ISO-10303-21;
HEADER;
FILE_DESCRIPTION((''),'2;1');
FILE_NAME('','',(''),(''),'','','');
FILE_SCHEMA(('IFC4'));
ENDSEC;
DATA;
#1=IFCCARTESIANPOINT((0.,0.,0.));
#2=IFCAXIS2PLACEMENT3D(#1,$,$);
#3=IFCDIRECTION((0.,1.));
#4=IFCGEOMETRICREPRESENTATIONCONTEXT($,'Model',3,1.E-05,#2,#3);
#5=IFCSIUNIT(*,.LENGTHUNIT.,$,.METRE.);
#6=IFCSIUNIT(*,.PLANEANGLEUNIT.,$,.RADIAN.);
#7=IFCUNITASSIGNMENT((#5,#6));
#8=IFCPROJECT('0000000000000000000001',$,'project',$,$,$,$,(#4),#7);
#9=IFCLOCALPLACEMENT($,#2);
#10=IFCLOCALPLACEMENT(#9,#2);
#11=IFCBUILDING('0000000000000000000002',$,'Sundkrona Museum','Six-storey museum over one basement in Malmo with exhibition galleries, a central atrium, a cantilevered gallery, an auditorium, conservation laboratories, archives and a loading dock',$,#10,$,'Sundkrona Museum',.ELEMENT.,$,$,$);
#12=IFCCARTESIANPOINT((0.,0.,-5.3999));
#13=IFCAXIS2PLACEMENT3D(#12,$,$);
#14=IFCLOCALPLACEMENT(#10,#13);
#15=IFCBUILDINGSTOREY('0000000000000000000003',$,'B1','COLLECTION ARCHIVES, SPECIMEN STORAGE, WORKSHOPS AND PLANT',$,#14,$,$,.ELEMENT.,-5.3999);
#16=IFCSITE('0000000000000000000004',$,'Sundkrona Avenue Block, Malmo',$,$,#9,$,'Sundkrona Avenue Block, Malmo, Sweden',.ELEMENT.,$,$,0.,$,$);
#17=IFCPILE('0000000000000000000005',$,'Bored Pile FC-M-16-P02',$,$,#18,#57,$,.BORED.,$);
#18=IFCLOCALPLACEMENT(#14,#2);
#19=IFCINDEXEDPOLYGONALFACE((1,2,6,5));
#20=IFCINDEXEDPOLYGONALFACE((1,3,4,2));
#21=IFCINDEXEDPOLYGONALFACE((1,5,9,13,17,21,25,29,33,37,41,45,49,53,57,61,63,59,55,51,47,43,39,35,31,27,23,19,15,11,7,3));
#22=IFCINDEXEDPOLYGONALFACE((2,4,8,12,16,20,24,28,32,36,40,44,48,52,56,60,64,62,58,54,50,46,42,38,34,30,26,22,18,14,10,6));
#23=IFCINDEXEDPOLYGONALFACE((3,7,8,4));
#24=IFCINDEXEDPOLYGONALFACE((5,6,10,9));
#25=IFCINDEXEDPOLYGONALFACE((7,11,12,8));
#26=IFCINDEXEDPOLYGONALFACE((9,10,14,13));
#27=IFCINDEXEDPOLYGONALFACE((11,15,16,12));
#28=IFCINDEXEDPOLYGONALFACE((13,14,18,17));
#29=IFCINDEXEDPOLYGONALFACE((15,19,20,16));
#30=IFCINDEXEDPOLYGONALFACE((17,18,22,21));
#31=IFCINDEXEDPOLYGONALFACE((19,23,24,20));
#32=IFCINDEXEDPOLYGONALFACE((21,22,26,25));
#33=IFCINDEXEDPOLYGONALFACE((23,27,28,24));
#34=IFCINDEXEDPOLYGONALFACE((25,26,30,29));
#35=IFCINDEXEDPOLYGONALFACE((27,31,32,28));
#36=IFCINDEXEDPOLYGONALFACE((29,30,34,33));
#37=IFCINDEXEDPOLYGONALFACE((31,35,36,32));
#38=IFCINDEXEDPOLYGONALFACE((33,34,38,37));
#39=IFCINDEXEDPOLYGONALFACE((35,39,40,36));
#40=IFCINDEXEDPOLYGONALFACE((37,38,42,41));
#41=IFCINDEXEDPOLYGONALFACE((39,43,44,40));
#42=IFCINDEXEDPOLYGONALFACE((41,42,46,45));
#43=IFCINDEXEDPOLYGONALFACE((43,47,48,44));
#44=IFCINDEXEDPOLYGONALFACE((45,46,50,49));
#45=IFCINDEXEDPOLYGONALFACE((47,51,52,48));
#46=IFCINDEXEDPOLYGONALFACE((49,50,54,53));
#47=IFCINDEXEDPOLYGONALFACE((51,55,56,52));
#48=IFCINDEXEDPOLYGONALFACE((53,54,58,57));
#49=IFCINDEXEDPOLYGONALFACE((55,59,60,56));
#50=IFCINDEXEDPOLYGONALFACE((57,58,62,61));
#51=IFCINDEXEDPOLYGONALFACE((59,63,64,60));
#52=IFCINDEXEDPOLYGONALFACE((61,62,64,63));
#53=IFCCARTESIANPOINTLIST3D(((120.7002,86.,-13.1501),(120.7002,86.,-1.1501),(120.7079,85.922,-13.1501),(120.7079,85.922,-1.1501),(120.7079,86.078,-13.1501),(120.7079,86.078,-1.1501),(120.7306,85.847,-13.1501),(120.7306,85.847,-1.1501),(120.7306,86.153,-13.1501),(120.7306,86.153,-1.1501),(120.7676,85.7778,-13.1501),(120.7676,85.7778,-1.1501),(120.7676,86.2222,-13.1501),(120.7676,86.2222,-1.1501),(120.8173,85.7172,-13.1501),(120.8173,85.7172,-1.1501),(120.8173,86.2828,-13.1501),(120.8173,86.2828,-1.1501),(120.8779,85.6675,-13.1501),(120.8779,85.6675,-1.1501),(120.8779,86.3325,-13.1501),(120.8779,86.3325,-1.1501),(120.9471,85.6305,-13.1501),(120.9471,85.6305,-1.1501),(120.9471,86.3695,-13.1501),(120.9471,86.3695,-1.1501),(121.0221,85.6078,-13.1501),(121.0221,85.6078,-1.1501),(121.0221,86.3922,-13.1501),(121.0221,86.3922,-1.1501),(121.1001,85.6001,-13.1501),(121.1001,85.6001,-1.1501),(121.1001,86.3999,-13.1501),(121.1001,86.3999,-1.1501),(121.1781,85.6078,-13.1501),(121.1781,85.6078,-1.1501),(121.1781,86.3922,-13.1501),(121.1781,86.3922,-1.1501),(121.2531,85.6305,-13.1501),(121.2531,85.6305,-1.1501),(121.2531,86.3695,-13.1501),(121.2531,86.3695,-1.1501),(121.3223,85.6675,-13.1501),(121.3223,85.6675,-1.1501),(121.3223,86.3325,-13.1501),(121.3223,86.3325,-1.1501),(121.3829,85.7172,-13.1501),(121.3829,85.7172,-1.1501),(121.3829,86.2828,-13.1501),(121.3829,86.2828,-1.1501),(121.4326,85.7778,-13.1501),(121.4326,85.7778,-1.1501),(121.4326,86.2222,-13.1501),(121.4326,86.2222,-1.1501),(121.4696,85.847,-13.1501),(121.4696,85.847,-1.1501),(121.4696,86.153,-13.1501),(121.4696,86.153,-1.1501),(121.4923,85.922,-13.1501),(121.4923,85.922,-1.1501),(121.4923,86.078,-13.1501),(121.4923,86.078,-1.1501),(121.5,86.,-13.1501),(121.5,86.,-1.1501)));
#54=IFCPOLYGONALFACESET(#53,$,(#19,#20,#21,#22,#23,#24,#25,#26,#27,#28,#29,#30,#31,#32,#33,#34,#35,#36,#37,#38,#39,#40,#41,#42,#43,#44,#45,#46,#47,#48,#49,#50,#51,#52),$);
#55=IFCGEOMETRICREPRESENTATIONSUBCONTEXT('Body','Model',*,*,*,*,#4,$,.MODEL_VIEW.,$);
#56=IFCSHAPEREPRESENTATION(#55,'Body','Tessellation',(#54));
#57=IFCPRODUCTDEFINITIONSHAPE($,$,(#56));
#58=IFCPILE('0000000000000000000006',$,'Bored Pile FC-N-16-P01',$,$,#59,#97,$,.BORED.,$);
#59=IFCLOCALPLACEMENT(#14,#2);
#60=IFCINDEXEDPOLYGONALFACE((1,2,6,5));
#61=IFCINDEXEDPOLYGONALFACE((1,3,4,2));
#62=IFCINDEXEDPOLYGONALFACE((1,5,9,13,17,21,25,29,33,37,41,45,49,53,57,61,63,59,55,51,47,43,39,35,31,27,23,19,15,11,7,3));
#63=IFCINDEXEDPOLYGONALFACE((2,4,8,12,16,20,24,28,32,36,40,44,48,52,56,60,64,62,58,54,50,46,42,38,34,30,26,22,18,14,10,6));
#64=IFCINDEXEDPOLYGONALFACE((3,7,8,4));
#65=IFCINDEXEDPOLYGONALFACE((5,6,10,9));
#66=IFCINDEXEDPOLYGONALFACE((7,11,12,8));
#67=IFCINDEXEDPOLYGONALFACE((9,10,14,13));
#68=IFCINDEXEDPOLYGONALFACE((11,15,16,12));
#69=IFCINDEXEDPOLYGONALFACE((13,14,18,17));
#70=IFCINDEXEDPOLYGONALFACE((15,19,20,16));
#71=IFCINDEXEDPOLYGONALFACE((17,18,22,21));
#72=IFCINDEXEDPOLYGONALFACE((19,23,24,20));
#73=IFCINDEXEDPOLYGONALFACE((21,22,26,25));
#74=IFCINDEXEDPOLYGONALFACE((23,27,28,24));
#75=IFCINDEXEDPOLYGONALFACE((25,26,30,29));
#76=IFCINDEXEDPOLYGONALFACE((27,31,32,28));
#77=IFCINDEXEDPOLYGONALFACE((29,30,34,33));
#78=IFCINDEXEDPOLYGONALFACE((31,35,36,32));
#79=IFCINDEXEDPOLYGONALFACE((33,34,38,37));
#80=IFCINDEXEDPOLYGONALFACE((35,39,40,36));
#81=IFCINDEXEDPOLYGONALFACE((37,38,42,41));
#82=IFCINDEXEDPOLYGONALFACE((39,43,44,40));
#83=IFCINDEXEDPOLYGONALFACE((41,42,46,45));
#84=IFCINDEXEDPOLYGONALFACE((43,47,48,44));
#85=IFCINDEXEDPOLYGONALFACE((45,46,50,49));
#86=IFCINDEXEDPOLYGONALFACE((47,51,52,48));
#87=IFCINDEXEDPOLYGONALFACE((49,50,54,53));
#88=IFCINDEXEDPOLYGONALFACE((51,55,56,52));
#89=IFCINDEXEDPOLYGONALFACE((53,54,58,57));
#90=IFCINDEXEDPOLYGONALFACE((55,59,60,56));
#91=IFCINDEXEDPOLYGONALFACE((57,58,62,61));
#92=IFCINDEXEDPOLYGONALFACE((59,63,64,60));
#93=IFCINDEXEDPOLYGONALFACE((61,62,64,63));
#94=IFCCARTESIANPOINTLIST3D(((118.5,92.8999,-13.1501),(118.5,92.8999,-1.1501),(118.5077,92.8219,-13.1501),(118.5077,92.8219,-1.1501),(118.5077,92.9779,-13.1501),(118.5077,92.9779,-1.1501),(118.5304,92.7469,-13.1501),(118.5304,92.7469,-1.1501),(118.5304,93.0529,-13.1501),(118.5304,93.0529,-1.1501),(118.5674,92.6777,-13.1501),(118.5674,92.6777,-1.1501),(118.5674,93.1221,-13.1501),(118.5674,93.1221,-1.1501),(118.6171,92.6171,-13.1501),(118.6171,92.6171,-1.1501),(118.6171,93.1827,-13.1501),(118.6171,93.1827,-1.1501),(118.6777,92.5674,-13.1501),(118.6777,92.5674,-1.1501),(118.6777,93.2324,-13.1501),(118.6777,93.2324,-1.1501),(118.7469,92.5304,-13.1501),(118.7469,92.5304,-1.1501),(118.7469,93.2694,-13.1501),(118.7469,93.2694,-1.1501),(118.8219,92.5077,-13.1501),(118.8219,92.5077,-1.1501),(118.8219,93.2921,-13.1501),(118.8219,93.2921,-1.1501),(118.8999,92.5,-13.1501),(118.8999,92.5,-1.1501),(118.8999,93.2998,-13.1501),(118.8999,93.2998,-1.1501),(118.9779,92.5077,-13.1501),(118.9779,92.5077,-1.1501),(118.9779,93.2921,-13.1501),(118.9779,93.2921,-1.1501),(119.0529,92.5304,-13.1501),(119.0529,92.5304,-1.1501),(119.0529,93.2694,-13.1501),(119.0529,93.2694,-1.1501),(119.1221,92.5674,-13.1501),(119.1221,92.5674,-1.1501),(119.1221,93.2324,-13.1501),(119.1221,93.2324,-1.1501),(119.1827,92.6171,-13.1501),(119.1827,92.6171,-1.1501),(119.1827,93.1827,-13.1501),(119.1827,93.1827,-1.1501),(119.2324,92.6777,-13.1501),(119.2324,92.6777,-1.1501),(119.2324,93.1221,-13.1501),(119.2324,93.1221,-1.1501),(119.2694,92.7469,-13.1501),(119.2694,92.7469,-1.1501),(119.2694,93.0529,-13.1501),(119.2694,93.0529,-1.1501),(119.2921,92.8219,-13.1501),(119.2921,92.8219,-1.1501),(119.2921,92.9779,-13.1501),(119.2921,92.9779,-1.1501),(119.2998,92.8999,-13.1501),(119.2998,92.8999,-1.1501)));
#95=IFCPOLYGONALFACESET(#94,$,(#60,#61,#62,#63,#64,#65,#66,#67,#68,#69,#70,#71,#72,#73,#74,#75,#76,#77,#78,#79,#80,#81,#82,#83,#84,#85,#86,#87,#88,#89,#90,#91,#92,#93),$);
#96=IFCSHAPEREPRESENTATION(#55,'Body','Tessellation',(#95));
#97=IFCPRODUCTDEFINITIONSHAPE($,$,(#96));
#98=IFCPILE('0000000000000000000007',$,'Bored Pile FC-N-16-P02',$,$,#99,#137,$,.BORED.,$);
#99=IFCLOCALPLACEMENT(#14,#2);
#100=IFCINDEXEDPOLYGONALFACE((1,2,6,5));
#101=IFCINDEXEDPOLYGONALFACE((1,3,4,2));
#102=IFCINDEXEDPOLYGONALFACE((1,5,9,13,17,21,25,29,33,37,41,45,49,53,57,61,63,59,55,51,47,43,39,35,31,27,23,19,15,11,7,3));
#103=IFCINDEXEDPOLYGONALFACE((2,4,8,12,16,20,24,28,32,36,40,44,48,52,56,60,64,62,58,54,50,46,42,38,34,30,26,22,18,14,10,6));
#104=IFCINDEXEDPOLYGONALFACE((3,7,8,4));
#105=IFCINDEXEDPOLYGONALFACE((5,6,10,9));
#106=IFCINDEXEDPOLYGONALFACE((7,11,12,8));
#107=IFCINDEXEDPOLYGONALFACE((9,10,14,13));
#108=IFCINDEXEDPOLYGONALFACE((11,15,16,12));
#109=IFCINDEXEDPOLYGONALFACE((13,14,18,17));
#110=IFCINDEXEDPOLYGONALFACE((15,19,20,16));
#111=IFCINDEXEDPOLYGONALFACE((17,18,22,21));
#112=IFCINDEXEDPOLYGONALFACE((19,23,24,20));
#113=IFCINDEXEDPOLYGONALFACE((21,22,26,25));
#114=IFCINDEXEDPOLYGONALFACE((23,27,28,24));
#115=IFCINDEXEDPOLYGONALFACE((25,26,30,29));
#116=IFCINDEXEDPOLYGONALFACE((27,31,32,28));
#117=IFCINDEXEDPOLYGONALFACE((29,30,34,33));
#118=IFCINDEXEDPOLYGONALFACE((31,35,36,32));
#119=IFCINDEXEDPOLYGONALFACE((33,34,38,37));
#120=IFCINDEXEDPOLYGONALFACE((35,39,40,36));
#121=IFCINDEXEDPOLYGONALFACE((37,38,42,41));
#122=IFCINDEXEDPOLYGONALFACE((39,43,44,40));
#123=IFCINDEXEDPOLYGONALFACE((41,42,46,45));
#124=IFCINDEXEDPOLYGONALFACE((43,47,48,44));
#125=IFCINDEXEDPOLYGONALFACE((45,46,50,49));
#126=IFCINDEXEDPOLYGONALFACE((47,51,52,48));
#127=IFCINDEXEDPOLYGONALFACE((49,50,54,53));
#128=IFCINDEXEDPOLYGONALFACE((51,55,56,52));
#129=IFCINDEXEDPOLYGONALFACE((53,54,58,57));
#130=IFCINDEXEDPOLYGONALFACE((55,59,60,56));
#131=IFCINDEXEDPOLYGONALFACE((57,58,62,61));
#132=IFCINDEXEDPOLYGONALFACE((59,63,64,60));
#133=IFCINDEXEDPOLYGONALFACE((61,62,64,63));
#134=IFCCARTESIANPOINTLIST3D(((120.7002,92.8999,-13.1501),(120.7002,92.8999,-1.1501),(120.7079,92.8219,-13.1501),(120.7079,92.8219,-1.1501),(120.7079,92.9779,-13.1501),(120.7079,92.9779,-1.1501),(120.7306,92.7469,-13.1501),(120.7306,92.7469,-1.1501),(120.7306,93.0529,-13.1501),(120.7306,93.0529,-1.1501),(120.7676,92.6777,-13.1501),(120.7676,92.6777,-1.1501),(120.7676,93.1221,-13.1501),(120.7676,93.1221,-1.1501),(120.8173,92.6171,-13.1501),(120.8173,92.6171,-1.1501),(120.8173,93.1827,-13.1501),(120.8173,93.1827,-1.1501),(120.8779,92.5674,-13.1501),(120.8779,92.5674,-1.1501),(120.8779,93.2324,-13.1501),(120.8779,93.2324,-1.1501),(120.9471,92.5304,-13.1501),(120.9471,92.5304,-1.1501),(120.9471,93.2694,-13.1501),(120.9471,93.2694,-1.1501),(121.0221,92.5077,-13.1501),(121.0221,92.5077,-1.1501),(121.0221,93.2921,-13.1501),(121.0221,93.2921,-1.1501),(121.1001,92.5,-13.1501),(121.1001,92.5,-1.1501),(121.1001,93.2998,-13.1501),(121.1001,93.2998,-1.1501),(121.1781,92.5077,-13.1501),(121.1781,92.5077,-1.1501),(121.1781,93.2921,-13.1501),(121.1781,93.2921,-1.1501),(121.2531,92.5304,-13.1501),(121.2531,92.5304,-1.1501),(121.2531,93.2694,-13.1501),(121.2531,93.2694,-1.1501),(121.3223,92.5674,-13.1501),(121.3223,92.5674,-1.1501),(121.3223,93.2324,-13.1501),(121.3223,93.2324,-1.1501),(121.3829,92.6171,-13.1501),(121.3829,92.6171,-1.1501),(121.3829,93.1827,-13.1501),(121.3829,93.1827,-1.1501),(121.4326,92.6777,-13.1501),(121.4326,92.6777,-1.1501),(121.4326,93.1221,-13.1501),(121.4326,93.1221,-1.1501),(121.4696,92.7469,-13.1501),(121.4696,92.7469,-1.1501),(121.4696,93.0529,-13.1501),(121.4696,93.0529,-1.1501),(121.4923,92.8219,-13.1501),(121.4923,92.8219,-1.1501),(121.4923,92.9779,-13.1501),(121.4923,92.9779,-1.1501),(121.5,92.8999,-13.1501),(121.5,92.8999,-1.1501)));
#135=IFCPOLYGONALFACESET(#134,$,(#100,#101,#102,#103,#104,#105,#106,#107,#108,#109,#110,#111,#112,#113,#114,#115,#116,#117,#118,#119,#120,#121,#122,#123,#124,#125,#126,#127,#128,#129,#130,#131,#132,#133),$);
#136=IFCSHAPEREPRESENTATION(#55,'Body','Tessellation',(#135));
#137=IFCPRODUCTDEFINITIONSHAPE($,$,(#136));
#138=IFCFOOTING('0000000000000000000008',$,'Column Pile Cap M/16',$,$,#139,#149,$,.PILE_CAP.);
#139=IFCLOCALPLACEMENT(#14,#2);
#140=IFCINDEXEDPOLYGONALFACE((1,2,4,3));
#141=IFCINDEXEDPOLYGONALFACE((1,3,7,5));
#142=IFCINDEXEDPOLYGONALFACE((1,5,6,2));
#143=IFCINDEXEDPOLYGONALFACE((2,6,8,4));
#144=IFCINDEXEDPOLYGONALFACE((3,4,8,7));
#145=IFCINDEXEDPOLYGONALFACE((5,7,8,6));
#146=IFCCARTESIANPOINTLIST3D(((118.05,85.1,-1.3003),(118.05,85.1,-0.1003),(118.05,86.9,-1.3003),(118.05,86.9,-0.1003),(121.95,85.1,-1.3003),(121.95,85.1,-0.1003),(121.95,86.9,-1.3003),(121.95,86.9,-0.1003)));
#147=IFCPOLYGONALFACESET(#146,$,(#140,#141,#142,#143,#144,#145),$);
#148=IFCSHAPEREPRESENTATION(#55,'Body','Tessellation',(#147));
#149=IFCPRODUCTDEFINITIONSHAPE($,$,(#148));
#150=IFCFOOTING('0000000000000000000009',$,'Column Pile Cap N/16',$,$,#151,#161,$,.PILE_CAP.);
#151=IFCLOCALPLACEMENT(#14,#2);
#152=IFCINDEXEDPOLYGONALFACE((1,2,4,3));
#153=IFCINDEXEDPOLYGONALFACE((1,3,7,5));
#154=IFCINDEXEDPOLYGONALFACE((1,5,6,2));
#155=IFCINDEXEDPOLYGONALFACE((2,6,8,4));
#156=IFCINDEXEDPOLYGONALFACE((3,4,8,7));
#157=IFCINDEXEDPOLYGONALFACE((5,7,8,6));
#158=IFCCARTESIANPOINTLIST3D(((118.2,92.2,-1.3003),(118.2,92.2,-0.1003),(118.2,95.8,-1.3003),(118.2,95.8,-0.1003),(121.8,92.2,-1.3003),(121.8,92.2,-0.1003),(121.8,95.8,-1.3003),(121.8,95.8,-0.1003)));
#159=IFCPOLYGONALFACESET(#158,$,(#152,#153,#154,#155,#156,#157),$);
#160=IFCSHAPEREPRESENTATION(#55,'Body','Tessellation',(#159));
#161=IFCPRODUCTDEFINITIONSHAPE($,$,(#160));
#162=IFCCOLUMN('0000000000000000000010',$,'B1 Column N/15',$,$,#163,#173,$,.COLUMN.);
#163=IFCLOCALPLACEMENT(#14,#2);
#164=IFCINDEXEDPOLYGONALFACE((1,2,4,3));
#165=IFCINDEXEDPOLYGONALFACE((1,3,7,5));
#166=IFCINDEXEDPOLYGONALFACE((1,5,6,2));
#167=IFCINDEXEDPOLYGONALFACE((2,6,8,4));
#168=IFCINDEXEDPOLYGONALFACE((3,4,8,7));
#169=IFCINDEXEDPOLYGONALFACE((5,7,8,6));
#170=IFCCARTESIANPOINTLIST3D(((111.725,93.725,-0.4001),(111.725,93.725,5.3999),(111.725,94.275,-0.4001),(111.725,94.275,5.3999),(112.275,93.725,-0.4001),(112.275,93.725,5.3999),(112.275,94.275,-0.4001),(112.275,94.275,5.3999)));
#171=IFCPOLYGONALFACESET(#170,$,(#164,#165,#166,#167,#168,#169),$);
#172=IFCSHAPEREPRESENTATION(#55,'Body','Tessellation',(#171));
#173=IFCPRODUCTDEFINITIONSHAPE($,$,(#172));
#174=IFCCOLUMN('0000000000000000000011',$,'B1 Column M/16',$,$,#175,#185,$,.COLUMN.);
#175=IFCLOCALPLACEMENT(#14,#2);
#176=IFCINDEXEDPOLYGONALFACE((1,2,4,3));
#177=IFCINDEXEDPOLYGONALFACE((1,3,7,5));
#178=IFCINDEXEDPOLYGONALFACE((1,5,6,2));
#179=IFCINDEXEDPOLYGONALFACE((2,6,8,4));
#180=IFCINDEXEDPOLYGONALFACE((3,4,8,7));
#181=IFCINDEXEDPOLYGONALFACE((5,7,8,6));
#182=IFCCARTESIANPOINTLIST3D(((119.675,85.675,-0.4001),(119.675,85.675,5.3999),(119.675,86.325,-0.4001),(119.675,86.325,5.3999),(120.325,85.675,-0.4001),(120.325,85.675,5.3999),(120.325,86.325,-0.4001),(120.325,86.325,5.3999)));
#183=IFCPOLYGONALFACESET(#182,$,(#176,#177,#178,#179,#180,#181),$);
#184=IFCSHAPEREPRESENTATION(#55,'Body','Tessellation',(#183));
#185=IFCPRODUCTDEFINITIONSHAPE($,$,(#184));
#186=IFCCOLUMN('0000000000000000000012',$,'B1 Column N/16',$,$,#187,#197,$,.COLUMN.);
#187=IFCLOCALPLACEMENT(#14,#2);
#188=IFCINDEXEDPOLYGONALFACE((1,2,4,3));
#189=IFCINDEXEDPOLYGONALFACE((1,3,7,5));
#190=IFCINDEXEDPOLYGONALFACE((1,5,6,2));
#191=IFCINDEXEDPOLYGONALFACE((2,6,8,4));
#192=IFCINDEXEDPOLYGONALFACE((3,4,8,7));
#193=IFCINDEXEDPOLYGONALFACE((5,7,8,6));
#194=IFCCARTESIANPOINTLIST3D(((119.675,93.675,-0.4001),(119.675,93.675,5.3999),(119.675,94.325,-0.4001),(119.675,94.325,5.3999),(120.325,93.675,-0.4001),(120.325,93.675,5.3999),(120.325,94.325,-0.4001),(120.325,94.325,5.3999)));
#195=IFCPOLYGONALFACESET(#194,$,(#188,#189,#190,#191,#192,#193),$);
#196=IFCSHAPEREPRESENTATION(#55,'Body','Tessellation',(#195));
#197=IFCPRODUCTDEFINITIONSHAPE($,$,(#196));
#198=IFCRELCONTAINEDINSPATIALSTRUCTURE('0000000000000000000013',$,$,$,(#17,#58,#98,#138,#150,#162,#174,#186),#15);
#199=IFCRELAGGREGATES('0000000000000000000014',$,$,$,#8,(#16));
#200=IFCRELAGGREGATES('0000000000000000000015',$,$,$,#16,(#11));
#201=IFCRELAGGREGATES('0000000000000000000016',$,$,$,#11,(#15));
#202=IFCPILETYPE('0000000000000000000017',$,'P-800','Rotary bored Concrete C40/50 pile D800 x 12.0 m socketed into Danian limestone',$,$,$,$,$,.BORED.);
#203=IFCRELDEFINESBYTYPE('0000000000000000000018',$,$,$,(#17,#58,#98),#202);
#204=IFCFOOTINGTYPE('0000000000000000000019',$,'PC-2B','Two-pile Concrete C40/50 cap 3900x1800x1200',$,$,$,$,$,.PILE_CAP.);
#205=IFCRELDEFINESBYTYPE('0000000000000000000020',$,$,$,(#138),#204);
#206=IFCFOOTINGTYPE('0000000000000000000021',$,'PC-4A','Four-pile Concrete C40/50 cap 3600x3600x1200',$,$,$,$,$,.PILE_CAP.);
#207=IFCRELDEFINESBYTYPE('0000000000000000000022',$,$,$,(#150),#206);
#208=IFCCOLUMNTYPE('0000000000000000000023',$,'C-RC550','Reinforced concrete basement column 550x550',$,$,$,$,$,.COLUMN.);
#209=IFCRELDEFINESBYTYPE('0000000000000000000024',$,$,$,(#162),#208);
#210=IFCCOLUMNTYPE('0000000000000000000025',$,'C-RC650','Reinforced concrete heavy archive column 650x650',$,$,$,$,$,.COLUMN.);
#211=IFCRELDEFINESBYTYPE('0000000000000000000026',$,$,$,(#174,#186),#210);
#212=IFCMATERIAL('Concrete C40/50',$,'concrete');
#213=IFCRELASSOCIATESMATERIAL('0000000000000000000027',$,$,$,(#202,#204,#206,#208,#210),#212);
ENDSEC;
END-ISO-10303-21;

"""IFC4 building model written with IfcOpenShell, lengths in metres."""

from ifc_helpers import new_model, si_unit, direction, frame, origin, origin_2d, place, context, subcontext, project, spatial, rectangle, circle, extrude, material, material_profile, profile_set, type_object, element, save


model = new_model("IFC4")

# Units and contexts
model_context = context("Model", 3, precision=1e-05, world=origin(), true_north=direction((0.0, 1.0)))
body_context = subcontext(model_context, "Body", "Model", "MODEL_VIEW")
ifc_project = project(units=[si_unit("LENGTHUNIT", "METRE"), si_unit("PLANEANGLEUNIT", "RADIAN")], contexts=[model_context])

# Site, building, storey
site_placement = place(None, origin())
site = spatial("IfcSite", under=ifc_project, at=site_placement, Name="Sundkrona Avenue Block, Malmo", LongName="Sundkrona Avenue Block, Malmo, Sweden", CompositionType="ELEMENT", RefElevation=0.0)
building_placement = place(site_placement, origin())
building = spatial("IfcBuilding", under=site, at=building_placement, Name="Sundkrona Museum", Description="Six-storey museum over one basement in Malmo with exhibition galleries, a central atrium, a cantilevered gallery, an auditorium, conservation laboratories, archives and a loading dock", LongName="Sundkrona Museum", CompositionType="ELEMENT")
storey_placement = place(building_placement, frame((0.0, 0.0, -5.3999)))
storey = spatial("IfcBuildingStorey", under=building, at=storey_placement, Name="B1", Description="COLLECTION ARCHIVES, SPECIMEN STORAGE, WORKSHOPS AND PLANT", CompositionType="ELEMENT", Elevation=-5.3999)

# Shared definitions
ifc_material_1 = material(Name="Concrete C40/50", Category="concrete")

# Piles
ifc_material_profile_1 = material_profile(ifc_material_1, circle(Radius=0.3999, at=origin_2d()), Name="PILE D800")
ifc_profile_set_1 = profile_set([ifc_material_profile_1], Name="Concrete C40/50")
pile_type = type_object("IfcPileType", Name="P-800", Description="Rotary bored Concrete C40/50 pile D800 x 12.0 m socketed into Danian limestone", PredefinedType="BORED", material=ifc_profile_set_1)
for number, where, z_axis, x_axis, name in (
    (1, (121.1001, 86.0, -1.1501), (0.0, 0.0, -1.0), (1.0, 0.0, 0.0), "Bored Pile FC-M-16-P02"),
    (2, (118.8999, 92.8999, -1.1501), (0.0, 0.0, -1.0), (1.0, 0.0, 0.0), "Bored Pile FC-N-16-P01"),
    (3, (121.1001, 92.8999, -1.1501), (0.0, 0.0, -1.0), (1.0, 0.0, 0.0), "Bored Pile FC-N-16-P02"),
):
    element("IfcPile", number, at=place(storey_placement, frame(where, z_axis=z_axis, x_axis=x_axis)), inside=storey, type_object=pile_type, Name=name, PredefinedType="BORED", context=body_context, shape_type="SweptSolid", body=[
        extrude(circle(Radius=0.3999, at=origin_2d()), origin(), (0.0, 0.0, 1.0), 12.0),
    ])

# Footings
footing_type_1 = type_object("IfcFootingType", Name="PC-2B", Description="Two-pile Concrete C40/50 cap 3900x1800x1200", PredefinedType="PILE_CAP", material=ifc_material_1)
footing_1_placement = place(storey_placement, frame((120.0, 86.0, -1.3003), z_axis=(0.0, 0.0, 1.0), x_axis=(1.0, 0.0, 0.0)))
element("IfcFooting", 4, at=footing_1_placement, inside=storey, type_object=footing_type_1, Name="Column Pile Cap M/16", PredefinedType="PILE_CAP", context=body_context, shape_type="SweptSolid", body=[
    extrude(rectangle(XDim=3.8999, YDim=1.8, at=origin_2d()), origin(), (0.0, 0.0, 1.0), 1.2),
])
footing_type_2 = type_object("IfcFootingType", Name="PC-4A", Description="Four-pile Concrete C40/50 cap 3600x3600x1200", PredefinedType="PILE_CAP", material=ifc_material_1)
footing_2_placement = place(storey_placement, frame((120.0, 94.0, -1.3003), z_axis=(0.0, 0.0, 1.0), x_axis=(1.0, 0.0, 0.0)))
element("IfcFooting", 5, at=footing_2_placement, inside=storey, type_object=footing_type_2, Name="Column Pile Cap N/16", PredefinedType="PILE_CAP", context=body_context, shape_type="SweptSolid", body=[
    extrude(rectangle(XDim=3.6001, YDim=3.6001, at=origin_2d()), origin(), (0.0, 0.0, 1.0), 1.2),
])

# Columns
ifc_material_profile_2 = material_profile(ifc_material_1, rectangle(XDim=0.55, YDim=0.55, at=origin_2d()), Name="RC 550x550")
ifc_profile_set_2 = profile_set([ifc_material_profile_2], Name="Concrete C40/50")
column_type_1 = type_object("IfcColumnType", Name="C-RC550", Description="Reinforced concrete basement column 550x550", PredefinedType="COLUMN", material=ifc_profile_set_2)
column_placement = place(storey_placement, frame((112.0, 94.0, -0.4001), z_axis=(0.0, 0.0, 1.0), x_axis=(1.0, 0.0, 0.0)))
element("IfcColumn", 6, at=column_placement, inside=storey, type_object=column_type_1, Name="B1 Column N/15", PredefinedType="COLUMN", context=body_context, shape_type="SweptSolid", body=[
    extrude(rectangle(XDim=0.55, YDim=0.55, at=origin_2d()), origin(), (0.0, 0.0, 1.0), 5.8),
])
ifc_material_profile_3 = material_profile(ifc_material_1, rectangle(XDim=0.6499, YDim=0.6499, at=origin_2d()), Name="RC 650x650")
ifc_profile_set_3 = profile_set([ifc_material_profile_3], Name="Concrete C40/50")
column_type_2 = type_object("IfcColumnType", Name="C-RC650", Description="Reinforced concrete heavy archive column 650x650", PredefinedType="COLUMN", material=ifc_profile_set_3)
for number, where, z_axis, x_axis, name in (
    (7, (120.0, 86.0, -0.4001), (0.0, 0.0, 1.0), (1.0, 0.0, 0.0), "B1 Column M/16"),
    (8, (120.0, 94.0, -0.4001), (0.0, 0.0, 1.0), (1.0, 0.0, 0.0), "B1 Column N/16"),
):
    element("IfcColumn", number, at=place(storey_placement, frame(where, z_axis=z_axis, x_axis=x_axis)), inside=storey, type_object=column_type_2, Name=name, PredefinedType="COLUMN", context=body_context, shape_type="SweptSolid", body=[
        extrude(rectangle(XDim=0.6499, YDim=0.6499, at=origin_2d()), origin(), (0.0, 0.0, 1.0), 5.8),
    ])

save(model, "model.ifc")
